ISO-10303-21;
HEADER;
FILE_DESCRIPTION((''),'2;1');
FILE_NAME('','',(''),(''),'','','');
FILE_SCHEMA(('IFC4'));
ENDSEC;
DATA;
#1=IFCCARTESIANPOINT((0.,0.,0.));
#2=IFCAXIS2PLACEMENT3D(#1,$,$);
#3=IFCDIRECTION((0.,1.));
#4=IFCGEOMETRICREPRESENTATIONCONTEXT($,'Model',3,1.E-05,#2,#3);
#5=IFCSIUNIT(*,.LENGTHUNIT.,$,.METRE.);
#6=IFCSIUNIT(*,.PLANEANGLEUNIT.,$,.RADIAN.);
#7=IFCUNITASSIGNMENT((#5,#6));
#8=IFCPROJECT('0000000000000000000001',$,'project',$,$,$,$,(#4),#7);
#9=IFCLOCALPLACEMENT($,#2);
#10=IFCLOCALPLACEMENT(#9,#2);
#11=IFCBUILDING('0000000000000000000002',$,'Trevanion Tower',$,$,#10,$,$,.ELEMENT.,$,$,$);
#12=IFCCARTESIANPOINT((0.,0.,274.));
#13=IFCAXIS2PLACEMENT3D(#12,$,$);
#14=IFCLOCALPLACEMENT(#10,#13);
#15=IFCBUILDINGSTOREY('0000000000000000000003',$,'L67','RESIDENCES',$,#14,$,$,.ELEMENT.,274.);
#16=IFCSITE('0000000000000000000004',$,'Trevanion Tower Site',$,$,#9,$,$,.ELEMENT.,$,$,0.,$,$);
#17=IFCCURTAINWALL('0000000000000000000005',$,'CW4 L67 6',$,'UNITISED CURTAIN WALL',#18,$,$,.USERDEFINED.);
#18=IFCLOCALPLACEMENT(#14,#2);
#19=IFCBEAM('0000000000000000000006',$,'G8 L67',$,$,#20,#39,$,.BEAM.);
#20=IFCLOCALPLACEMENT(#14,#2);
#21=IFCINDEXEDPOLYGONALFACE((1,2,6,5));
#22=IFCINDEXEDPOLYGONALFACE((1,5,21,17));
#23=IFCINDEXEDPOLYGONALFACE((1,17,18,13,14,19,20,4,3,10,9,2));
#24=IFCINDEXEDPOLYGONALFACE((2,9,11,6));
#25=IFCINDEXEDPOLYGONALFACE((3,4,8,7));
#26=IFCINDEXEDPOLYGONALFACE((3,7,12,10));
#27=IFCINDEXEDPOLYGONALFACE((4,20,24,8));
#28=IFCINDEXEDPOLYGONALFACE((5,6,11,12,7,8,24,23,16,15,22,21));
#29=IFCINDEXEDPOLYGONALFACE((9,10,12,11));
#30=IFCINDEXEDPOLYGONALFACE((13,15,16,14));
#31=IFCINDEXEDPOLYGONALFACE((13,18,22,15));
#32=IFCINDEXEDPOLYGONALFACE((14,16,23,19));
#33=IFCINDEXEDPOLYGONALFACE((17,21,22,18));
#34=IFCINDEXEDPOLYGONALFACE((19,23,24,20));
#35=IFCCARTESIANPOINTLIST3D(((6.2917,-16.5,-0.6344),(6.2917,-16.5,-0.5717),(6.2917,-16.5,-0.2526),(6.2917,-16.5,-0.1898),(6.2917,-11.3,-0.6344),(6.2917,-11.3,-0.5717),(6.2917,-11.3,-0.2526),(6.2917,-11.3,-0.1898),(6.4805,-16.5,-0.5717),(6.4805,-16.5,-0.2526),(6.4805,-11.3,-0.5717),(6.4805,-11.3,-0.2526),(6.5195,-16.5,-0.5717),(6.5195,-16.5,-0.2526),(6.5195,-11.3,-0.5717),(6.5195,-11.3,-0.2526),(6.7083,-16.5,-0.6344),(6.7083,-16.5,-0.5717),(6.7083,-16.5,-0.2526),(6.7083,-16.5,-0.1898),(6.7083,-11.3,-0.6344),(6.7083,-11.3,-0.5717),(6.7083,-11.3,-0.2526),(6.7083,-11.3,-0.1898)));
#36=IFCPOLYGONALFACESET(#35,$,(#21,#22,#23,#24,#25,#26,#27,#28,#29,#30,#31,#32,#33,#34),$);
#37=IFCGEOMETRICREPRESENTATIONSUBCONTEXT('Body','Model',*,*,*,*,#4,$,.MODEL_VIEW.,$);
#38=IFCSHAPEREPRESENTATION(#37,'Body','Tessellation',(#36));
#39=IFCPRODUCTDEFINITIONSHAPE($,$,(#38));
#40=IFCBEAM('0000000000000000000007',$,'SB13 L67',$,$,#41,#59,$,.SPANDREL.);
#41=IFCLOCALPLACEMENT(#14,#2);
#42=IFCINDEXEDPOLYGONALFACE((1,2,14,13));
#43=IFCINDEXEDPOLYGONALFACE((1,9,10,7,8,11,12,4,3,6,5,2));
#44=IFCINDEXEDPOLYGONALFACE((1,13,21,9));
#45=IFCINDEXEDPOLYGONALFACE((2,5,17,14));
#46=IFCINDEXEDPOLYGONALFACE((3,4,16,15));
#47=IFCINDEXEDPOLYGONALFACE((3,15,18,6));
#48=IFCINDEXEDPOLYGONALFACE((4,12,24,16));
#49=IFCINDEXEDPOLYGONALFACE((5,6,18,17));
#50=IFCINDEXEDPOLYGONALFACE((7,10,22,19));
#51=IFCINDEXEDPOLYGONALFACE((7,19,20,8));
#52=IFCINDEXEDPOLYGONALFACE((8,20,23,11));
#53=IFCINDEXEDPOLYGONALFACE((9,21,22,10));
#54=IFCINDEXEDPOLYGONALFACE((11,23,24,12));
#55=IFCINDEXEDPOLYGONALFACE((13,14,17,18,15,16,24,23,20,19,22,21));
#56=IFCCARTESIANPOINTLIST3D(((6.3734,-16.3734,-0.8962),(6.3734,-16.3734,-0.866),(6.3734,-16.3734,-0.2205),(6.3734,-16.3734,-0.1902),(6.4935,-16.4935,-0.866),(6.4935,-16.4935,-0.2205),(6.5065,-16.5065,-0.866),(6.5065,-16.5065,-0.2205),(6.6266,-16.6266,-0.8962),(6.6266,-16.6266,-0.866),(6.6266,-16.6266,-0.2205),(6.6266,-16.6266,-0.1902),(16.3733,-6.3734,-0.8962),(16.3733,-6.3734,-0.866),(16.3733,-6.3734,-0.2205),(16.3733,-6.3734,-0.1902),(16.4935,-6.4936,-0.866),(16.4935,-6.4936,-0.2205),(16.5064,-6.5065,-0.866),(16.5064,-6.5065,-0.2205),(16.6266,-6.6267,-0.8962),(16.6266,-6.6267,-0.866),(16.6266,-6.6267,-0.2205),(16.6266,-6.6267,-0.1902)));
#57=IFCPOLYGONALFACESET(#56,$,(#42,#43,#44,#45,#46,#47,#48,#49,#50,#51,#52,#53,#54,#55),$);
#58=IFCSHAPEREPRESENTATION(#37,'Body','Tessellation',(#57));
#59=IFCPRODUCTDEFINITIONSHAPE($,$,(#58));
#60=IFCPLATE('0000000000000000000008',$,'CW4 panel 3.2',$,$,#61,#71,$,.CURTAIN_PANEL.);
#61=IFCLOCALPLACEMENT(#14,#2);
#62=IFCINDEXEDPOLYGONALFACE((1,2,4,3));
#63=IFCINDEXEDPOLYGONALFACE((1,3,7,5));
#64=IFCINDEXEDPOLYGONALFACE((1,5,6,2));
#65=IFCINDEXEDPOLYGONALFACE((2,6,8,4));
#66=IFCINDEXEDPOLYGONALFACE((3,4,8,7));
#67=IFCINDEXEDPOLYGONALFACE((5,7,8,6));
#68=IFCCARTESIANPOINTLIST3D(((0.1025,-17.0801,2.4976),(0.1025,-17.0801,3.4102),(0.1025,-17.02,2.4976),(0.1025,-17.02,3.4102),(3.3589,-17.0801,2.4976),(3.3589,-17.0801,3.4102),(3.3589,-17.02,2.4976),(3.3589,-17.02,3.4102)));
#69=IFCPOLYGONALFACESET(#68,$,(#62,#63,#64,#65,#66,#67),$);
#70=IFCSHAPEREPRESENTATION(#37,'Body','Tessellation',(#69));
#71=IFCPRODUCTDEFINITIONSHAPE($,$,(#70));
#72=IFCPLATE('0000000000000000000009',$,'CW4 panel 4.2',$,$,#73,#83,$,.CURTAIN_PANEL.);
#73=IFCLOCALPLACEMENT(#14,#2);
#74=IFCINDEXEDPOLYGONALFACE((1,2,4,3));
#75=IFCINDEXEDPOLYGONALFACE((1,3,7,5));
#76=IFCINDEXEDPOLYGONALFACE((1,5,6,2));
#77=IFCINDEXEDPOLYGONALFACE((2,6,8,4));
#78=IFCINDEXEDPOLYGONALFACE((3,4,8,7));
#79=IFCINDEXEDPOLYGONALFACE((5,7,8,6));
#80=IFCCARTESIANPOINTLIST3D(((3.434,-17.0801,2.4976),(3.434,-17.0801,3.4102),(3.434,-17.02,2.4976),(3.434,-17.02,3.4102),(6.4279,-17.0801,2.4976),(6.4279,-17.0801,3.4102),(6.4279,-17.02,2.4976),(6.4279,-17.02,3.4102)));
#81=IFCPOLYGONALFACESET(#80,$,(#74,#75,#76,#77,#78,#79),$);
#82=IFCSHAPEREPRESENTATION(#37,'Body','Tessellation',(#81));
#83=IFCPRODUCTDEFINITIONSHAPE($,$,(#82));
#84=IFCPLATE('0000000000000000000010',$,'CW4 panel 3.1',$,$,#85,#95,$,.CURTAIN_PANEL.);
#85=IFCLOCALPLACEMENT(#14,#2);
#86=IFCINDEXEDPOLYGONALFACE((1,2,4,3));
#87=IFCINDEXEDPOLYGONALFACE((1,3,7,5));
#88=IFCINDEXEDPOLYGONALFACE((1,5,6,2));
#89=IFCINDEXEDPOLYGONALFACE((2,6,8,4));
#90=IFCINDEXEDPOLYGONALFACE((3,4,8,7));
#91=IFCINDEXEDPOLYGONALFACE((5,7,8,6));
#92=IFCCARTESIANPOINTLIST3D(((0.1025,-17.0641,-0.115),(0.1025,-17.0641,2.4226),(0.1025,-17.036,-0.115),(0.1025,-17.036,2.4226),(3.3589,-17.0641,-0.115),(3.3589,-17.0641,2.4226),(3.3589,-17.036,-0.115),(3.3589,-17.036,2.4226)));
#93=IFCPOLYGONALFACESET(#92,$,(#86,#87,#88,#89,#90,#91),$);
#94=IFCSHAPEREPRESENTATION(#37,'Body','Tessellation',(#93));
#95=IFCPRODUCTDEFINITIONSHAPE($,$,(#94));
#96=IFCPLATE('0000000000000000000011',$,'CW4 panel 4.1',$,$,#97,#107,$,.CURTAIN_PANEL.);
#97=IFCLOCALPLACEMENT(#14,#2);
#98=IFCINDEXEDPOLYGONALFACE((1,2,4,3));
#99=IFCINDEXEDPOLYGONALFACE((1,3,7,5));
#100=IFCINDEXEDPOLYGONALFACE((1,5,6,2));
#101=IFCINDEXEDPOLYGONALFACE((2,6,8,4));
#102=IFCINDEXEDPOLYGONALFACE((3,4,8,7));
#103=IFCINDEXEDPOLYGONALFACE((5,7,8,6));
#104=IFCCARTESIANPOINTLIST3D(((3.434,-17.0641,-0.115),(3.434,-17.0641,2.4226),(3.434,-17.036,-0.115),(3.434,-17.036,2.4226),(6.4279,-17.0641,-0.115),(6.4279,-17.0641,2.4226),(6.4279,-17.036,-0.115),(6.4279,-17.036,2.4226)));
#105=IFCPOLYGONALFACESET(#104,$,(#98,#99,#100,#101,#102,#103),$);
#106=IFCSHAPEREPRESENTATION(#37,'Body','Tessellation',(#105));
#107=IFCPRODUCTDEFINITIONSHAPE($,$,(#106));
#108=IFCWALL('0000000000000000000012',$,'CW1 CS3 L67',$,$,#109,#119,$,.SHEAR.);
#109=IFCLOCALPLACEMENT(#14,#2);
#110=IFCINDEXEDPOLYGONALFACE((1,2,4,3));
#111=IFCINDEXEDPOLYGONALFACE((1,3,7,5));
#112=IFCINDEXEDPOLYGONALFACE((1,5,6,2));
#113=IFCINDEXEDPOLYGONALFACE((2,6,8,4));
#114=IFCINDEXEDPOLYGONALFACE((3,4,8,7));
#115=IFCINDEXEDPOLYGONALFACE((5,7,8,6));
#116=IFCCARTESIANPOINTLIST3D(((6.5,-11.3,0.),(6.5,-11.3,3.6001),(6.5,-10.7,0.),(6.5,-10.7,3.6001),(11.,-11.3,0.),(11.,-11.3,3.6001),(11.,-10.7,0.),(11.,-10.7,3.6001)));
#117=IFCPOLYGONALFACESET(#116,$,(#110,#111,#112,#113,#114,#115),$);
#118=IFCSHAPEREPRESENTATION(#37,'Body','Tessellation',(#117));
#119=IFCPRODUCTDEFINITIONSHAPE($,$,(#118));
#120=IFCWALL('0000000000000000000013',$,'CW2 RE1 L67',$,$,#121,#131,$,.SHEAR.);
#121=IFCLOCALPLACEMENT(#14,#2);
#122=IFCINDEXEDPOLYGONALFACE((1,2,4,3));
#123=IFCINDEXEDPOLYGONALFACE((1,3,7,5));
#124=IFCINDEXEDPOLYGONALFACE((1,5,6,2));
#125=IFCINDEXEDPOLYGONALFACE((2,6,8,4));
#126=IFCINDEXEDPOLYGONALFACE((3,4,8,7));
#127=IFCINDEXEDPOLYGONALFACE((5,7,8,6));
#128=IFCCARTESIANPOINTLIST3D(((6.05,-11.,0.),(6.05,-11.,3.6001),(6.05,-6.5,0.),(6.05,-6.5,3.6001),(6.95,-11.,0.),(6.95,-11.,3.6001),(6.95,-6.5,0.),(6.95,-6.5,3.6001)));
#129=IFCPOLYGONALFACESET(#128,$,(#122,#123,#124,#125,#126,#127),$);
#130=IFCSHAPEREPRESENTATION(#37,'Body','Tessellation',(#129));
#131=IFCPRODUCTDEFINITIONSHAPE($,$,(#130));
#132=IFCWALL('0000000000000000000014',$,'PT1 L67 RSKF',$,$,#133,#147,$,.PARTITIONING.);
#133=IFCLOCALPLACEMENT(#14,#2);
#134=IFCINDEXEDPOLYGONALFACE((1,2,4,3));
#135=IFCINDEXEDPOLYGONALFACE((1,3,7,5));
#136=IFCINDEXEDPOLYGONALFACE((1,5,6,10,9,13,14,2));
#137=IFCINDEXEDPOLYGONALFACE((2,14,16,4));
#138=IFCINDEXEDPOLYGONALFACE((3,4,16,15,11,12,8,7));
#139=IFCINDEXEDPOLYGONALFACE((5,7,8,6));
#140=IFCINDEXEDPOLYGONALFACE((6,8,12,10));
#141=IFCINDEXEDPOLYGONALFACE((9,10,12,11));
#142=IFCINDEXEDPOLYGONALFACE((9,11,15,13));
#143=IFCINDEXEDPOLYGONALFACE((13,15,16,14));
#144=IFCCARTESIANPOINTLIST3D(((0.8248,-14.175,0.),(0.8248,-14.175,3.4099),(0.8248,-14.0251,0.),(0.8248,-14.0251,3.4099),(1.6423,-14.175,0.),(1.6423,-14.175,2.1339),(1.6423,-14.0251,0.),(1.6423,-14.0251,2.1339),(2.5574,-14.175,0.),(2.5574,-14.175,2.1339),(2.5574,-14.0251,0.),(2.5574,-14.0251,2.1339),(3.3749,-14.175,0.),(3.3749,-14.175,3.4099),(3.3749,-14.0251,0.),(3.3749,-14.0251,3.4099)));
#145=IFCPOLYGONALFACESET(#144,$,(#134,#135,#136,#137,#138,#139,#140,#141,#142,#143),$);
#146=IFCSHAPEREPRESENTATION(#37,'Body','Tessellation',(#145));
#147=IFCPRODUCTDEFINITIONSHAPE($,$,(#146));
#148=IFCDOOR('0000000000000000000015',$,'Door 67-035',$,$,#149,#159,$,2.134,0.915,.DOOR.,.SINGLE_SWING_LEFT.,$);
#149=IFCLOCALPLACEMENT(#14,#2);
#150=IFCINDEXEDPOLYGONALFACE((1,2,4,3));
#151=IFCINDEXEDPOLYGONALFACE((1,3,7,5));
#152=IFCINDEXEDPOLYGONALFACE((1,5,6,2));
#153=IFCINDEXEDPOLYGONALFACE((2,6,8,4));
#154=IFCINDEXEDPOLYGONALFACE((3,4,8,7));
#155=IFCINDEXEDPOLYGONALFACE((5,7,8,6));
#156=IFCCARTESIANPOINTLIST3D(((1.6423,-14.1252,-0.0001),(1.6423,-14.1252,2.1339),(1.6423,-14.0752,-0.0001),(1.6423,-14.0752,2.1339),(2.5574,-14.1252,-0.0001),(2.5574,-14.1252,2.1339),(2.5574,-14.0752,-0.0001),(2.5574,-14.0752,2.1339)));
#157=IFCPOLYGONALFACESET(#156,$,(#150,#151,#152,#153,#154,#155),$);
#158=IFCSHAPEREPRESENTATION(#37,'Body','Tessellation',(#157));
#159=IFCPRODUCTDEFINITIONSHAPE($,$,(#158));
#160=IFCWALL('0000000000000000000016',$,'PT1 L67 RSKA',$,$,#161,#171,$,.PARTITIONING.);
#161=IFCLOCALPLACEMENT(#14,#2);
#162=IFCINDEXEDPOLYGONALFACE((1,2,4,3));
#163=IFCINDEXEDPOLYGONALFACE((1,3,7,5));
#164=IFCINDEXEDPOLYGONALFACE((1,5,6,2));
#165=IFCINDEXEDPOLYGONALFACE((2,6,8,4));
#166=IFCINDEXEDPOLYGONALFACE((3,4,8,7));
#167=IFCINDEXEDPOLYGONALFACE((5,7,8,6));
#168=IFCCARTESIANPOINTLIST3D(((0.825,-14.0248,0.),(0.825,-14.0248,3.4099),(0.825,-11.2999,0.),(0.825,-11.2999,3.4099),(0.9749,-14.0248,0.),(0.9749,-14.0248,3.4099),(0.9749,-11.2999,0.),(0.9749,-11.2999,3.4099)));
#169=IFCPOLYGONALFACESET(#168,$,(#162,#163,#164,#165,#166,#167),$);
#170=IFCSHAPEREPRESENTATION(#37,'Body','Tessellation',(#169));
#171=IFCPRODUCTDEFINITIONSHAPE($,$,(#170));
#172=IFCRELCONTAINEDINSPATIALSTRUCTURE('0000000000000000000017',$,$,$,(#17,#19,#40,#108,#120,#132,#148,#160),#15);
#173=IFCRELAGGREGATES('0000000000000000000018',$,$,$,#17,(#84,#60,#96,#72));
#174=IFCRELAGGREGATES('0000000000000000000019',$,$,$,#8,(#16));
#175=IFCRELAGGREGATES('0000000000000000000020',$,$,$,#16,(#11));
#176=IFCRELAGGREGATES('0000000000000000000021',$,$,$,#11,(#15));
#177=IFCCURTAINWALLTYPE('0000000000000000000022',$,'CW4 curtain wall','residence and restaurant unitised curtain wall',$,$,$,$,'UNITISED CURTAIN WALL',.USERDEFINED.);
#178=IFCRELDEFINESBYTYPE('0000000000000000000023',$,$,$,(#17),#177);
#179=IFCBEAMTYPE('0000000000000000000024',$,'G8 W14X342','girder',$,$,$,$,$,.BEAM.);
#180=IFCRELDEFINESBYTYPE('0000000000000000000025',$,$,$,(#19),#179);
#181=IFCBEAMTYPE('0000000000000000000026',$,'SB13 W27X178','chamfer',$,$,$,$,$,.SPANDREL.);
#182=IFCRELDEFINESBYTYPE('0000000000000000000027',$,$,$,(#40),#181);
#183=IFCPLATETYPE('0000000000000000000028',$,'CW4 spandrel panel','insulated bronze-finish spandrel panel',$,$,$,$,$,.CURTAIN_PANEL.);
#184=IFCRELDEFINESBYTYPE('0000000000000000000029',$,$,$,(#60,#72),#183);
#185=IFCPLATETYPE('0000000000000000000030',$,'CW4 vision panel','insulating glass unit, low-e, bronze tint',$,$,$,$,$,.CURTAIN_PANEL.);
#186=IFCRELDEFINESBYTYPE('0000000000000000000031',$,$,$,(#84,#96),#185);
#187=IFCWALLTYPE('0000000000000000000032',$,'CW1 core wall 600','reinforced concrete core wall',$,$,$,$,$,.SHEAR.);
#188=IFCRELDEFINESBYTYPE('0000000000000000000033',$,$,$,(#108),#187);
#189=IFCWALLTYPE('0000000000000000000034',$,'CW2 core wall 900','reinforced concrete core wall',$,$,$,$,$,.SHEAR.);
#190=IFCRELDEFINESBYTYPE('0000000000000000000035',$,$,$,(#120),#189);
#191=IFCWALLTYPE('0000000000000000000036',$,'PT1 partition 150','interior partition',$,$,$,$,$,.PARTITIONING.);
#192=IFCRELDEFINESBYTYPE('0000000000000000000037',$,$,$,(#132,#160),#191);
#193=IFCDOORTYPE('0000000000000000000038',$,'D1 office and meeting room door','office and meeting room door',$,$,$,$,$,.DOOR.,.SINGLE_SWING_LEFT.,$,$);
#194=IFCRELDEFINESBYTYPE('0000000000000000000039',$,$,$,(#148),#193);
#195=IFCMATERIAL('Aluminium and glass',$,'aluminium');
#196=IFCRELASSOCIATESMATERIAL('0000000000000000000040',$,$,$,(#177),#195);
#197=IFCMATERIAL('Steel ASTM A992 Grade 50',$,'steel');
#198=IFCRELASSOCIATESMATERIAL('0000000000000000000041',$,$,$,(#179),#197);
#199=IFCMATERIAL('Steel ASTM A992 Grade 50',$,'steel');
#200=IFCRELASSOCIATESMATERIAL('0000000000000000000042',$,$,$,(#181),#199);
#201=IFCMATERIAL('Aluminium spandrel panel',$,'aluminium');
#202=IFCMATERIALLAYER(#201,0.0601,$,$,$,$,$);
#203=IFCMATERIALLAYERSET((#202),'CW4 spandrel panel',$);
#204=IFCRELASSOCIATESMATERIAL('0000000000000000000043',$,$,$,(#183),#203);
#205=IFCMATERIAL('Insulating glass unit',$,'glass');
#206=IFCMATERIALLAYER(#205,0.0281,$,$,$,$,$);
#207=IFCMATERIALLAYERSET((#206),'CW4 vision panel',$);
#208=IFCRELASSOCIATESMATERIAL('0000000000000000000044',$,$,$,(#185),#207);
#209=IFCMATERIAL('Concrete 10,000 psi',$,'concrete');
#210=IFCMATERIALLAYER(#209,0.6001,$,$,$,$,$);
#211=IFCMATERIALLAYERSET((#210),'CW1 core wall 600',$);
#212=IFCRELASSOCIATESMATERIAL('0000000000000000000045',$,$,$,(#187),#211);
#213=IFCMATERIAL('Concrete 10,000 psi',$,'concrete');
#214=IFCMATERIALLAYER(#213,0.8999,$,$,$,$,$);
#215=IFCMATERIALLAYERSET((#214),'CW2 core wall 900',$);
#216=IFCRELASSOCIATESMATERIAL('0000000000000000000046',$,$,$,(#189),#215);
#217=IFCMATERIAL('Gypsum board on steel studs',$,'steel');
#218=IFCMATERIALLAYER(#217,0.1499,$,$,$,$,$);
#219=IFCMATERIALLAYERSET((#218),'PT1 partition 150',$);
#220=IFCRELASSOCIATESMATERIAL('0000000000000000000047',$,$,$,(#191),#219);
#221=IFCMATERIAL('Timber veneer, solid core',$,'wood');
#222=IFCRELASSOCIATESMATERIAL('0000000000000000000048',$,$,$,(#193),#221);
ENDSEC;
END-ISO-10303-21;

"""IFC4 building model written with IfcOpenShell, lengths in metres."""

from ifc_helpers import new_model, si_unit, direction, frame, frame_2d, origin, origin_2d, place, context, subcontext, project, spatial, rectangle, i_section, extrude, material, layer, layer_set, material_profile, profile_set, type_object, element, fill, aggregate, save


model = new_model("IFC4")

# Units and contexts
model_context = context("Model", 3, precision=1e-05, world=origin(), true_north=direction((0.0, 1.0)))
body_context = subcontext(model_context, "Body", "Model", "MODEL_VIEW")
ifc_project = project(units=[si_unit("LENGTHUNIT", "METRE"), si_unit("PLANEANGLEUNIT", "RADIAN")], contexts=[model_context])

# Site, building, storey
site_placement = place(None, origin())
site = spatial("IfcSite", under=ifc_project, at=site_placement, Name="Trevanion Tower Site", CompositionType="ELEMENT", RefElevation=0.0)
building_placement = place(site_placement, origin())
building = spatial("IfcBuilding", under=site, at=building_placement, Name="Trevanion Tower", CompositionType="ELEMENT")
storey_placement = place(building_placement, frame((0.0, 0.0, 274.0)))
storey = spatial("IfcBuildingStorey", under=building, at=storey_placement, Name="L67", Description="RESIDENCES", CompositionType="ELEMENT", Elevation=274.0)

# Curtain wall
ifc_material_1 = material(Name="Aluminium and glass", Category="aluminium")
curtain_wall_type = type_object("IfcCurtainWallType", Name="CW4 curtain wall", Description="residence and restaurant unitised curtain wall", ElementType="UNITISED CURTAIN WALL", PredefinedType="USERDEFINED", material=ifc_material_1)
curtain_wall_1_placement = place(storey_placement, origin())
curtain_wall_1 = element("IfcCurtainWall", 1, at=curtain_wall_1_placement, inside=storey, type_object=curtain_wall_type, Name="CW4 L67 6", ObjectType="UNITISED CURTAIN WALL", PredefinedType="USERDEFINED")

# Beams
ifc_material_2 = material(Name="Steel ASTM A992 Grade 50", Category="steel")
ifc_material_profile_1 = material_profile(ifc_material_2, i_section(OverallWidth=0.4165, OverallDepth=0.4446, WebThickness=0.0391, FlangeThickness=0.0627, at=origin_2d()), Name="W14X342")
ifc_profile_set_1 = profile_set([ifc_material_profile_1], Name="Steel ASTM A992 Grade 50")
beam_type_1 = type_object("IfcBeamType", Name="G8 W14X342", Description="girder", PredefinedType="BEAM", material=ifc_profile_set_1)
beam_1_placement = place(storey_placement, frame((6.5, -11.3, -0.4121), z_axis=(0.0, -1.0, 0.0), x_axis=(1.0, 0.0, 0.0)))
element("IfcBeam", 2, at=beam_1_placement, inside=storey, type_object=beam_type_1, Name="G8 L67", PredefinedType="BEAM", context=body_context, shape_type="SweptSolid", body=[
    extrude(i_section(OverallWidth=0.4165, OverallDepth=0.4446, WebThickness=0.0391, FlangeThickness=0.0627, at=origin_2d()), origin(), (0.0, 0.0, 1.0), 5.2),
])
ifc_material_3 = material(Name="Steel ASTM A992 Grade 50", Category="steel")
ifc_material_profile_2 = material_profile(ifc_material_3, i_section(OverallWidth=0.3582, OverallDepth=0.7061, WebThickness=0.0183, FlangeThickness=0.0303, at=origin_2d()), Name="W27X178")
ifc_profile_set_2 = profile_set([ifc_material_profile_2], Name="Steel ASTM A992 Grade 50")
beam_type_2 = type_object("IfcBeamType", Name="SB13 W27X178", Description="chamfer", PredefinedType="SPANDREL", material=ifc_profile_set_2)
beam_2_placement = place(storey_placement, frame((6.5, -16.5, -0.5432), z_axis=(0.707107, 0.707107, 0.0), x_axis=(-0.707107, 0.707107, 0.0)))
element("IfcBeam", 3, at=beam_2_placement, inside=storey, type_object=beam_type_2, Name="SB13 L67", PredefinedType="SPANDREL", context=body_context, shape_type="SweptSolid", body=[
    extrude(i_section(OverallWidth=0.3582, OverallDepth=0.7061, WebThickness=0.0183, FlangeThickness=0.0303, at=origin_2d()), origin(), (0.0, 0.0, 1.0), 14.1421),
])

# Plates
ifc_material_4 = material(Name="Aluminium spandrel panel", Category="aluminium")
ifc_layer_1 = layer(ifc_material_4, 0.0601)
ifc_layer_set_1 = layer_set([ifc_layer_1], Name="CW4 spandrel panel")
plate_type_1 = type_object("IfcPlateType", Name="CW4 spandrel panel", Description="insulated bronze-finish spandrel panel", PredefinedType="CURTAIN_PANEL", material=ifc_layer_set_1)
plate_1_placement = place(storey_placement, frame((1.7307, -17.05, 2.4976), z_axis=(0.0, 0.0, 1.0), x_axis=(1.0, 0.0, 0.0)))
plate_1 = element("IfcPlate", 4, at=plate_1_placement, type_object=plate_type_1, Name="CW4 panel 3.2", PredefinedType="CURTAIN_PANEL", context=body_context, shape_type="SweptSolid", body=[
    extrude(rectangle(XDim=3.2563, YDim=0.0601, at=origin_2d()), origin(), (0.0, 0.0, 1.0), 0.9126),
])
plate_2_placement = place(storey_placement, frame((4.9309, -17.05, 2.4976), z_axis=(0.0, 0.0, 1.0), x_axis=(1.0, 0.0, 0.0)))
plate_2 = element("IfcPlate", 5, at=plate_2_placement, type_object=plate_type_1, Name="CW4 panel 4.2", PredefinedType="CURTAIN_PANEL", context=body_context, shape_type="SweptSolid", body=[
    extrude(rectangle(XDim=2.9939, YDim=0.0601, at=origin_2d()), origin(), (0.0, 0.0, 1.0), 0.9126),
])
ifc_material_5 = material(Name="Insulating glass unit", Category="glass")
ifc_layer_2 = layer(ifc_material_5, 0.0281)
ifc_layer_set_2 = layer_set([ifc_layer_2], Name="CW4 vision panel")
plate_type_2 = type_object("IfcPlateType", Name="CW4 vision panel", Description="insulating glass unit, low-e, bronze tint", PredefinedType="CURTAIN_PANEL", material=ifc_layer_set_2)
plate_3_placement = place(storey_placement, frame((1.7307, -17.05, -0.115), z_axis=(0.0, 0.0, 1.0), x_axis=(1.0, 0.0, 0.0)))
plate_3 = element("IfcPlate", 6, at=plate_3_placement, type_object=plate_type_2, Name="CW4 panel 3.1", PredefinedType="CURTAIN_PANEL", context=body_context, shape_type="SweptSolid", body=[
    extrude(rectangle(XDim=3.2563, YDim=0.0281, at=origin_2d()), origin(), (0.0, 0.0, 1.0), 2.5376),
])
plate_4_placement = place(storey_placement, frame((4.9309, -17.05, -0.115), z_axis=(0.0, 0.0, 1.0), x_axis=(1.0, 0.0, 0.0)))
plate_4 = element("IfcPlate", 7, at=plate_4_placement, type_object=plate_type_2, Name="CW4 panel 4.1", PredefinedType="CURTAIN_PANEL", context=body_context, shape_type="SweptSolid", body=[
    extrude(rectangle(XDim=2.9939, YDim=0.0281, at=origin_2d()), origin(), (0.0, 0.0, 1.0), 2.5376),
])
aggregate(curtain_wall_1, [plate_3, plate_1, plate_4, plate_2])

# Walls
ifc_material_6 = material(Name="Concrete 10,000 psi", Category="concrete")
ifc_layer_3 = layer(ifc_material_6, 0.6001)
ifc_layer_set_3 = layer_set([ifc_layer_3], Name="CW1 core wall 600")
wall_type_1 = type_object("IfcWallType", Name="CW1 core wall 600", Description="reinforced concrete core wall", PredefinedType="SHEAR", material=ifc_layer_set_3)
wall_1_placement = place(storey_placement, frame((6.5, -11.0, 0.0), z_axis=(0.0, 0.0, 1.0), x_axis=(1.0, 0.0, 0.0)))
element("IfcWall", 8, at=wall_1_placement, inside=storey, type_object=wall_type_1, Name="CW1 CS3 L67", PredefinedType="SHEAR", context=body_context, shape_type="SweptSolid", body=[
    extrude(rectangle(XDim=4.5, YDim=0.6001, at=frame_2d((2.25, 0.0))), origin(), (0.0, 0.0, 1.0), 3.6001),
])
ifc_material_7 = material(Name="Concrete 10,000 psi", Category="concrete")
ifc_layer_4 = layer(ifc_material_7, 0.8999)
ifc_layer_set_4 = layer_set([ifc_layer_4], Name="CW2 core wall 900")
wall_type_2 = type_object("IfcWallType", Name="CW2 core wall 900", Description="reinforced concrete core wall", PredefinedType="SHEAR", material=ifc_layer_set_4)
wall_2_placement = place(storey_placement, frame((6.5, -11.0, 0.0), z_axis=(0.0, 0.0, 1.0), x_axis=(0.0, 1.0, 0.0)))
element("IfcWall", 9, at=wall_2_placement, inside=storey, type_object=wall_type_2, Name="CW2 RE1 L67", PredefinedType="SHEAR", context=body_context, shape_type="SweptSolid", body=[
    extrude(rectangle(XDim=4.5, YDim=0.8999, at=frame_2d((2.25, 0.0))), origin(), (0.0, 0.0, 1.0), 3.6001),
])

# Wall, opening, door
ifc_material_8 = material(Name="Gypsum board on steel studs", Category="steel")
ifc_layer_5 = layer(ifc_material_8, 0.1499)
ifc_layer_set_5 = layer_set([ifc_layer_5], Name="PT1 partition 150")
wall_type_3 = type_object("IfcWallType", Name="PT1 partition 150", Description="interior partition", PredefinedType="PARTITIONING", material=ifc_layer_set_5)
wall_3_placement = place(storey_placement, frame((0.825, -14.1001, 0.0), z_axis=(0.0, 0.0, 1.0), x_axis=(1.0, 0.0, 0.0)))
wall_3 = element("IfcWall", 10, at=wall_3_placement, inside=storey, type_object=wall_type_3, Name="PT1 L67 RSKF", PredefinedType="PARTITIONING", context=body_context, shape_type="SweptSolid", body=[
    extrude(rectangle(XDim=2.55, YDim=0.1499, at=frame_2d((1.2749, 0.0))), origin(), (0.0, 0.0, 1.0), 3.4099),
])
opening_placement = place(wall_3_placement, frame((0.8174, 0.0, 0.0)))
opening = element("IfcOpeningElement", 11, at=opening_placement, cuts=wall_3, PredefinedType="OPENING", context=body_context, shape_type="SweptSolid", body=[
    extrude(rectangle(XDim=0.915, YDim=2.134, at=frame_2d((0.4575, 1.0669))), frame((0.0, 0.085, 0.0), z_axis=(0.0, -1.0, 0.0), x_axis=(1.0, 0.0, 0.0)), (0.0, 0.0, 1.0), 0.1699),
])
ifc_material_9 = material(Name="Timber veneer, solid core", Category="wood")
door_type = type_object("IfcDoorType", Name="D1 office and meeting room door", Description="office and meeting room door", OperationType="SINGLE_SWING_LEFT", PredefinedType="DOOR", material=ifc_material_9)
door_placement = place(opening_placement, origin())
door = element("IfcDoor", 12, at=door_placement, inside=storey, type_object=door_type, Name="Door 67-035", OperationType="SINGLE_SWING_LEFT", OverallHeight=2.134, OverallWidth=0.915, PredefinedType="DOOR", context=body_context, shape_type="SweptSolid", body=[
    extrude(rectangle(XDim=0.915, YDim=2.134, at=frame_2d((0.4575, 1.0669))), frame((0.0, 0.0249, 0.0), z_axis=(0.0, -1.0, 0.0), x_axis=(1.0, 0.0, 0.0)), (0.0, 0.0, 1.0), 0.05),
])
fill(opening, door)

# Wall
wall_4_placement = place(storey_placement, frame((0.8999, -11.3, 0.0), z_axis=(0.0, 0.0, 1.0), x_axis=(0.0, -1.0, 0.0)))
element("IfcWall", 13, at=wall_4_placement, inside=storey, type_object=wall_type_3, Name="PT1 L67 RSKA", PredefinedType="PARTITIONING", context=body_context, shape_type="SweptSolid", body=[
    extrude(rectangle(XDim=2.7249, YDim=0.1499, at=frame_2d((1.3623, 0.0))), origin(), (0.0, 0.0, 1.0), 3.4099),
])

save(model, "model.ifc")
